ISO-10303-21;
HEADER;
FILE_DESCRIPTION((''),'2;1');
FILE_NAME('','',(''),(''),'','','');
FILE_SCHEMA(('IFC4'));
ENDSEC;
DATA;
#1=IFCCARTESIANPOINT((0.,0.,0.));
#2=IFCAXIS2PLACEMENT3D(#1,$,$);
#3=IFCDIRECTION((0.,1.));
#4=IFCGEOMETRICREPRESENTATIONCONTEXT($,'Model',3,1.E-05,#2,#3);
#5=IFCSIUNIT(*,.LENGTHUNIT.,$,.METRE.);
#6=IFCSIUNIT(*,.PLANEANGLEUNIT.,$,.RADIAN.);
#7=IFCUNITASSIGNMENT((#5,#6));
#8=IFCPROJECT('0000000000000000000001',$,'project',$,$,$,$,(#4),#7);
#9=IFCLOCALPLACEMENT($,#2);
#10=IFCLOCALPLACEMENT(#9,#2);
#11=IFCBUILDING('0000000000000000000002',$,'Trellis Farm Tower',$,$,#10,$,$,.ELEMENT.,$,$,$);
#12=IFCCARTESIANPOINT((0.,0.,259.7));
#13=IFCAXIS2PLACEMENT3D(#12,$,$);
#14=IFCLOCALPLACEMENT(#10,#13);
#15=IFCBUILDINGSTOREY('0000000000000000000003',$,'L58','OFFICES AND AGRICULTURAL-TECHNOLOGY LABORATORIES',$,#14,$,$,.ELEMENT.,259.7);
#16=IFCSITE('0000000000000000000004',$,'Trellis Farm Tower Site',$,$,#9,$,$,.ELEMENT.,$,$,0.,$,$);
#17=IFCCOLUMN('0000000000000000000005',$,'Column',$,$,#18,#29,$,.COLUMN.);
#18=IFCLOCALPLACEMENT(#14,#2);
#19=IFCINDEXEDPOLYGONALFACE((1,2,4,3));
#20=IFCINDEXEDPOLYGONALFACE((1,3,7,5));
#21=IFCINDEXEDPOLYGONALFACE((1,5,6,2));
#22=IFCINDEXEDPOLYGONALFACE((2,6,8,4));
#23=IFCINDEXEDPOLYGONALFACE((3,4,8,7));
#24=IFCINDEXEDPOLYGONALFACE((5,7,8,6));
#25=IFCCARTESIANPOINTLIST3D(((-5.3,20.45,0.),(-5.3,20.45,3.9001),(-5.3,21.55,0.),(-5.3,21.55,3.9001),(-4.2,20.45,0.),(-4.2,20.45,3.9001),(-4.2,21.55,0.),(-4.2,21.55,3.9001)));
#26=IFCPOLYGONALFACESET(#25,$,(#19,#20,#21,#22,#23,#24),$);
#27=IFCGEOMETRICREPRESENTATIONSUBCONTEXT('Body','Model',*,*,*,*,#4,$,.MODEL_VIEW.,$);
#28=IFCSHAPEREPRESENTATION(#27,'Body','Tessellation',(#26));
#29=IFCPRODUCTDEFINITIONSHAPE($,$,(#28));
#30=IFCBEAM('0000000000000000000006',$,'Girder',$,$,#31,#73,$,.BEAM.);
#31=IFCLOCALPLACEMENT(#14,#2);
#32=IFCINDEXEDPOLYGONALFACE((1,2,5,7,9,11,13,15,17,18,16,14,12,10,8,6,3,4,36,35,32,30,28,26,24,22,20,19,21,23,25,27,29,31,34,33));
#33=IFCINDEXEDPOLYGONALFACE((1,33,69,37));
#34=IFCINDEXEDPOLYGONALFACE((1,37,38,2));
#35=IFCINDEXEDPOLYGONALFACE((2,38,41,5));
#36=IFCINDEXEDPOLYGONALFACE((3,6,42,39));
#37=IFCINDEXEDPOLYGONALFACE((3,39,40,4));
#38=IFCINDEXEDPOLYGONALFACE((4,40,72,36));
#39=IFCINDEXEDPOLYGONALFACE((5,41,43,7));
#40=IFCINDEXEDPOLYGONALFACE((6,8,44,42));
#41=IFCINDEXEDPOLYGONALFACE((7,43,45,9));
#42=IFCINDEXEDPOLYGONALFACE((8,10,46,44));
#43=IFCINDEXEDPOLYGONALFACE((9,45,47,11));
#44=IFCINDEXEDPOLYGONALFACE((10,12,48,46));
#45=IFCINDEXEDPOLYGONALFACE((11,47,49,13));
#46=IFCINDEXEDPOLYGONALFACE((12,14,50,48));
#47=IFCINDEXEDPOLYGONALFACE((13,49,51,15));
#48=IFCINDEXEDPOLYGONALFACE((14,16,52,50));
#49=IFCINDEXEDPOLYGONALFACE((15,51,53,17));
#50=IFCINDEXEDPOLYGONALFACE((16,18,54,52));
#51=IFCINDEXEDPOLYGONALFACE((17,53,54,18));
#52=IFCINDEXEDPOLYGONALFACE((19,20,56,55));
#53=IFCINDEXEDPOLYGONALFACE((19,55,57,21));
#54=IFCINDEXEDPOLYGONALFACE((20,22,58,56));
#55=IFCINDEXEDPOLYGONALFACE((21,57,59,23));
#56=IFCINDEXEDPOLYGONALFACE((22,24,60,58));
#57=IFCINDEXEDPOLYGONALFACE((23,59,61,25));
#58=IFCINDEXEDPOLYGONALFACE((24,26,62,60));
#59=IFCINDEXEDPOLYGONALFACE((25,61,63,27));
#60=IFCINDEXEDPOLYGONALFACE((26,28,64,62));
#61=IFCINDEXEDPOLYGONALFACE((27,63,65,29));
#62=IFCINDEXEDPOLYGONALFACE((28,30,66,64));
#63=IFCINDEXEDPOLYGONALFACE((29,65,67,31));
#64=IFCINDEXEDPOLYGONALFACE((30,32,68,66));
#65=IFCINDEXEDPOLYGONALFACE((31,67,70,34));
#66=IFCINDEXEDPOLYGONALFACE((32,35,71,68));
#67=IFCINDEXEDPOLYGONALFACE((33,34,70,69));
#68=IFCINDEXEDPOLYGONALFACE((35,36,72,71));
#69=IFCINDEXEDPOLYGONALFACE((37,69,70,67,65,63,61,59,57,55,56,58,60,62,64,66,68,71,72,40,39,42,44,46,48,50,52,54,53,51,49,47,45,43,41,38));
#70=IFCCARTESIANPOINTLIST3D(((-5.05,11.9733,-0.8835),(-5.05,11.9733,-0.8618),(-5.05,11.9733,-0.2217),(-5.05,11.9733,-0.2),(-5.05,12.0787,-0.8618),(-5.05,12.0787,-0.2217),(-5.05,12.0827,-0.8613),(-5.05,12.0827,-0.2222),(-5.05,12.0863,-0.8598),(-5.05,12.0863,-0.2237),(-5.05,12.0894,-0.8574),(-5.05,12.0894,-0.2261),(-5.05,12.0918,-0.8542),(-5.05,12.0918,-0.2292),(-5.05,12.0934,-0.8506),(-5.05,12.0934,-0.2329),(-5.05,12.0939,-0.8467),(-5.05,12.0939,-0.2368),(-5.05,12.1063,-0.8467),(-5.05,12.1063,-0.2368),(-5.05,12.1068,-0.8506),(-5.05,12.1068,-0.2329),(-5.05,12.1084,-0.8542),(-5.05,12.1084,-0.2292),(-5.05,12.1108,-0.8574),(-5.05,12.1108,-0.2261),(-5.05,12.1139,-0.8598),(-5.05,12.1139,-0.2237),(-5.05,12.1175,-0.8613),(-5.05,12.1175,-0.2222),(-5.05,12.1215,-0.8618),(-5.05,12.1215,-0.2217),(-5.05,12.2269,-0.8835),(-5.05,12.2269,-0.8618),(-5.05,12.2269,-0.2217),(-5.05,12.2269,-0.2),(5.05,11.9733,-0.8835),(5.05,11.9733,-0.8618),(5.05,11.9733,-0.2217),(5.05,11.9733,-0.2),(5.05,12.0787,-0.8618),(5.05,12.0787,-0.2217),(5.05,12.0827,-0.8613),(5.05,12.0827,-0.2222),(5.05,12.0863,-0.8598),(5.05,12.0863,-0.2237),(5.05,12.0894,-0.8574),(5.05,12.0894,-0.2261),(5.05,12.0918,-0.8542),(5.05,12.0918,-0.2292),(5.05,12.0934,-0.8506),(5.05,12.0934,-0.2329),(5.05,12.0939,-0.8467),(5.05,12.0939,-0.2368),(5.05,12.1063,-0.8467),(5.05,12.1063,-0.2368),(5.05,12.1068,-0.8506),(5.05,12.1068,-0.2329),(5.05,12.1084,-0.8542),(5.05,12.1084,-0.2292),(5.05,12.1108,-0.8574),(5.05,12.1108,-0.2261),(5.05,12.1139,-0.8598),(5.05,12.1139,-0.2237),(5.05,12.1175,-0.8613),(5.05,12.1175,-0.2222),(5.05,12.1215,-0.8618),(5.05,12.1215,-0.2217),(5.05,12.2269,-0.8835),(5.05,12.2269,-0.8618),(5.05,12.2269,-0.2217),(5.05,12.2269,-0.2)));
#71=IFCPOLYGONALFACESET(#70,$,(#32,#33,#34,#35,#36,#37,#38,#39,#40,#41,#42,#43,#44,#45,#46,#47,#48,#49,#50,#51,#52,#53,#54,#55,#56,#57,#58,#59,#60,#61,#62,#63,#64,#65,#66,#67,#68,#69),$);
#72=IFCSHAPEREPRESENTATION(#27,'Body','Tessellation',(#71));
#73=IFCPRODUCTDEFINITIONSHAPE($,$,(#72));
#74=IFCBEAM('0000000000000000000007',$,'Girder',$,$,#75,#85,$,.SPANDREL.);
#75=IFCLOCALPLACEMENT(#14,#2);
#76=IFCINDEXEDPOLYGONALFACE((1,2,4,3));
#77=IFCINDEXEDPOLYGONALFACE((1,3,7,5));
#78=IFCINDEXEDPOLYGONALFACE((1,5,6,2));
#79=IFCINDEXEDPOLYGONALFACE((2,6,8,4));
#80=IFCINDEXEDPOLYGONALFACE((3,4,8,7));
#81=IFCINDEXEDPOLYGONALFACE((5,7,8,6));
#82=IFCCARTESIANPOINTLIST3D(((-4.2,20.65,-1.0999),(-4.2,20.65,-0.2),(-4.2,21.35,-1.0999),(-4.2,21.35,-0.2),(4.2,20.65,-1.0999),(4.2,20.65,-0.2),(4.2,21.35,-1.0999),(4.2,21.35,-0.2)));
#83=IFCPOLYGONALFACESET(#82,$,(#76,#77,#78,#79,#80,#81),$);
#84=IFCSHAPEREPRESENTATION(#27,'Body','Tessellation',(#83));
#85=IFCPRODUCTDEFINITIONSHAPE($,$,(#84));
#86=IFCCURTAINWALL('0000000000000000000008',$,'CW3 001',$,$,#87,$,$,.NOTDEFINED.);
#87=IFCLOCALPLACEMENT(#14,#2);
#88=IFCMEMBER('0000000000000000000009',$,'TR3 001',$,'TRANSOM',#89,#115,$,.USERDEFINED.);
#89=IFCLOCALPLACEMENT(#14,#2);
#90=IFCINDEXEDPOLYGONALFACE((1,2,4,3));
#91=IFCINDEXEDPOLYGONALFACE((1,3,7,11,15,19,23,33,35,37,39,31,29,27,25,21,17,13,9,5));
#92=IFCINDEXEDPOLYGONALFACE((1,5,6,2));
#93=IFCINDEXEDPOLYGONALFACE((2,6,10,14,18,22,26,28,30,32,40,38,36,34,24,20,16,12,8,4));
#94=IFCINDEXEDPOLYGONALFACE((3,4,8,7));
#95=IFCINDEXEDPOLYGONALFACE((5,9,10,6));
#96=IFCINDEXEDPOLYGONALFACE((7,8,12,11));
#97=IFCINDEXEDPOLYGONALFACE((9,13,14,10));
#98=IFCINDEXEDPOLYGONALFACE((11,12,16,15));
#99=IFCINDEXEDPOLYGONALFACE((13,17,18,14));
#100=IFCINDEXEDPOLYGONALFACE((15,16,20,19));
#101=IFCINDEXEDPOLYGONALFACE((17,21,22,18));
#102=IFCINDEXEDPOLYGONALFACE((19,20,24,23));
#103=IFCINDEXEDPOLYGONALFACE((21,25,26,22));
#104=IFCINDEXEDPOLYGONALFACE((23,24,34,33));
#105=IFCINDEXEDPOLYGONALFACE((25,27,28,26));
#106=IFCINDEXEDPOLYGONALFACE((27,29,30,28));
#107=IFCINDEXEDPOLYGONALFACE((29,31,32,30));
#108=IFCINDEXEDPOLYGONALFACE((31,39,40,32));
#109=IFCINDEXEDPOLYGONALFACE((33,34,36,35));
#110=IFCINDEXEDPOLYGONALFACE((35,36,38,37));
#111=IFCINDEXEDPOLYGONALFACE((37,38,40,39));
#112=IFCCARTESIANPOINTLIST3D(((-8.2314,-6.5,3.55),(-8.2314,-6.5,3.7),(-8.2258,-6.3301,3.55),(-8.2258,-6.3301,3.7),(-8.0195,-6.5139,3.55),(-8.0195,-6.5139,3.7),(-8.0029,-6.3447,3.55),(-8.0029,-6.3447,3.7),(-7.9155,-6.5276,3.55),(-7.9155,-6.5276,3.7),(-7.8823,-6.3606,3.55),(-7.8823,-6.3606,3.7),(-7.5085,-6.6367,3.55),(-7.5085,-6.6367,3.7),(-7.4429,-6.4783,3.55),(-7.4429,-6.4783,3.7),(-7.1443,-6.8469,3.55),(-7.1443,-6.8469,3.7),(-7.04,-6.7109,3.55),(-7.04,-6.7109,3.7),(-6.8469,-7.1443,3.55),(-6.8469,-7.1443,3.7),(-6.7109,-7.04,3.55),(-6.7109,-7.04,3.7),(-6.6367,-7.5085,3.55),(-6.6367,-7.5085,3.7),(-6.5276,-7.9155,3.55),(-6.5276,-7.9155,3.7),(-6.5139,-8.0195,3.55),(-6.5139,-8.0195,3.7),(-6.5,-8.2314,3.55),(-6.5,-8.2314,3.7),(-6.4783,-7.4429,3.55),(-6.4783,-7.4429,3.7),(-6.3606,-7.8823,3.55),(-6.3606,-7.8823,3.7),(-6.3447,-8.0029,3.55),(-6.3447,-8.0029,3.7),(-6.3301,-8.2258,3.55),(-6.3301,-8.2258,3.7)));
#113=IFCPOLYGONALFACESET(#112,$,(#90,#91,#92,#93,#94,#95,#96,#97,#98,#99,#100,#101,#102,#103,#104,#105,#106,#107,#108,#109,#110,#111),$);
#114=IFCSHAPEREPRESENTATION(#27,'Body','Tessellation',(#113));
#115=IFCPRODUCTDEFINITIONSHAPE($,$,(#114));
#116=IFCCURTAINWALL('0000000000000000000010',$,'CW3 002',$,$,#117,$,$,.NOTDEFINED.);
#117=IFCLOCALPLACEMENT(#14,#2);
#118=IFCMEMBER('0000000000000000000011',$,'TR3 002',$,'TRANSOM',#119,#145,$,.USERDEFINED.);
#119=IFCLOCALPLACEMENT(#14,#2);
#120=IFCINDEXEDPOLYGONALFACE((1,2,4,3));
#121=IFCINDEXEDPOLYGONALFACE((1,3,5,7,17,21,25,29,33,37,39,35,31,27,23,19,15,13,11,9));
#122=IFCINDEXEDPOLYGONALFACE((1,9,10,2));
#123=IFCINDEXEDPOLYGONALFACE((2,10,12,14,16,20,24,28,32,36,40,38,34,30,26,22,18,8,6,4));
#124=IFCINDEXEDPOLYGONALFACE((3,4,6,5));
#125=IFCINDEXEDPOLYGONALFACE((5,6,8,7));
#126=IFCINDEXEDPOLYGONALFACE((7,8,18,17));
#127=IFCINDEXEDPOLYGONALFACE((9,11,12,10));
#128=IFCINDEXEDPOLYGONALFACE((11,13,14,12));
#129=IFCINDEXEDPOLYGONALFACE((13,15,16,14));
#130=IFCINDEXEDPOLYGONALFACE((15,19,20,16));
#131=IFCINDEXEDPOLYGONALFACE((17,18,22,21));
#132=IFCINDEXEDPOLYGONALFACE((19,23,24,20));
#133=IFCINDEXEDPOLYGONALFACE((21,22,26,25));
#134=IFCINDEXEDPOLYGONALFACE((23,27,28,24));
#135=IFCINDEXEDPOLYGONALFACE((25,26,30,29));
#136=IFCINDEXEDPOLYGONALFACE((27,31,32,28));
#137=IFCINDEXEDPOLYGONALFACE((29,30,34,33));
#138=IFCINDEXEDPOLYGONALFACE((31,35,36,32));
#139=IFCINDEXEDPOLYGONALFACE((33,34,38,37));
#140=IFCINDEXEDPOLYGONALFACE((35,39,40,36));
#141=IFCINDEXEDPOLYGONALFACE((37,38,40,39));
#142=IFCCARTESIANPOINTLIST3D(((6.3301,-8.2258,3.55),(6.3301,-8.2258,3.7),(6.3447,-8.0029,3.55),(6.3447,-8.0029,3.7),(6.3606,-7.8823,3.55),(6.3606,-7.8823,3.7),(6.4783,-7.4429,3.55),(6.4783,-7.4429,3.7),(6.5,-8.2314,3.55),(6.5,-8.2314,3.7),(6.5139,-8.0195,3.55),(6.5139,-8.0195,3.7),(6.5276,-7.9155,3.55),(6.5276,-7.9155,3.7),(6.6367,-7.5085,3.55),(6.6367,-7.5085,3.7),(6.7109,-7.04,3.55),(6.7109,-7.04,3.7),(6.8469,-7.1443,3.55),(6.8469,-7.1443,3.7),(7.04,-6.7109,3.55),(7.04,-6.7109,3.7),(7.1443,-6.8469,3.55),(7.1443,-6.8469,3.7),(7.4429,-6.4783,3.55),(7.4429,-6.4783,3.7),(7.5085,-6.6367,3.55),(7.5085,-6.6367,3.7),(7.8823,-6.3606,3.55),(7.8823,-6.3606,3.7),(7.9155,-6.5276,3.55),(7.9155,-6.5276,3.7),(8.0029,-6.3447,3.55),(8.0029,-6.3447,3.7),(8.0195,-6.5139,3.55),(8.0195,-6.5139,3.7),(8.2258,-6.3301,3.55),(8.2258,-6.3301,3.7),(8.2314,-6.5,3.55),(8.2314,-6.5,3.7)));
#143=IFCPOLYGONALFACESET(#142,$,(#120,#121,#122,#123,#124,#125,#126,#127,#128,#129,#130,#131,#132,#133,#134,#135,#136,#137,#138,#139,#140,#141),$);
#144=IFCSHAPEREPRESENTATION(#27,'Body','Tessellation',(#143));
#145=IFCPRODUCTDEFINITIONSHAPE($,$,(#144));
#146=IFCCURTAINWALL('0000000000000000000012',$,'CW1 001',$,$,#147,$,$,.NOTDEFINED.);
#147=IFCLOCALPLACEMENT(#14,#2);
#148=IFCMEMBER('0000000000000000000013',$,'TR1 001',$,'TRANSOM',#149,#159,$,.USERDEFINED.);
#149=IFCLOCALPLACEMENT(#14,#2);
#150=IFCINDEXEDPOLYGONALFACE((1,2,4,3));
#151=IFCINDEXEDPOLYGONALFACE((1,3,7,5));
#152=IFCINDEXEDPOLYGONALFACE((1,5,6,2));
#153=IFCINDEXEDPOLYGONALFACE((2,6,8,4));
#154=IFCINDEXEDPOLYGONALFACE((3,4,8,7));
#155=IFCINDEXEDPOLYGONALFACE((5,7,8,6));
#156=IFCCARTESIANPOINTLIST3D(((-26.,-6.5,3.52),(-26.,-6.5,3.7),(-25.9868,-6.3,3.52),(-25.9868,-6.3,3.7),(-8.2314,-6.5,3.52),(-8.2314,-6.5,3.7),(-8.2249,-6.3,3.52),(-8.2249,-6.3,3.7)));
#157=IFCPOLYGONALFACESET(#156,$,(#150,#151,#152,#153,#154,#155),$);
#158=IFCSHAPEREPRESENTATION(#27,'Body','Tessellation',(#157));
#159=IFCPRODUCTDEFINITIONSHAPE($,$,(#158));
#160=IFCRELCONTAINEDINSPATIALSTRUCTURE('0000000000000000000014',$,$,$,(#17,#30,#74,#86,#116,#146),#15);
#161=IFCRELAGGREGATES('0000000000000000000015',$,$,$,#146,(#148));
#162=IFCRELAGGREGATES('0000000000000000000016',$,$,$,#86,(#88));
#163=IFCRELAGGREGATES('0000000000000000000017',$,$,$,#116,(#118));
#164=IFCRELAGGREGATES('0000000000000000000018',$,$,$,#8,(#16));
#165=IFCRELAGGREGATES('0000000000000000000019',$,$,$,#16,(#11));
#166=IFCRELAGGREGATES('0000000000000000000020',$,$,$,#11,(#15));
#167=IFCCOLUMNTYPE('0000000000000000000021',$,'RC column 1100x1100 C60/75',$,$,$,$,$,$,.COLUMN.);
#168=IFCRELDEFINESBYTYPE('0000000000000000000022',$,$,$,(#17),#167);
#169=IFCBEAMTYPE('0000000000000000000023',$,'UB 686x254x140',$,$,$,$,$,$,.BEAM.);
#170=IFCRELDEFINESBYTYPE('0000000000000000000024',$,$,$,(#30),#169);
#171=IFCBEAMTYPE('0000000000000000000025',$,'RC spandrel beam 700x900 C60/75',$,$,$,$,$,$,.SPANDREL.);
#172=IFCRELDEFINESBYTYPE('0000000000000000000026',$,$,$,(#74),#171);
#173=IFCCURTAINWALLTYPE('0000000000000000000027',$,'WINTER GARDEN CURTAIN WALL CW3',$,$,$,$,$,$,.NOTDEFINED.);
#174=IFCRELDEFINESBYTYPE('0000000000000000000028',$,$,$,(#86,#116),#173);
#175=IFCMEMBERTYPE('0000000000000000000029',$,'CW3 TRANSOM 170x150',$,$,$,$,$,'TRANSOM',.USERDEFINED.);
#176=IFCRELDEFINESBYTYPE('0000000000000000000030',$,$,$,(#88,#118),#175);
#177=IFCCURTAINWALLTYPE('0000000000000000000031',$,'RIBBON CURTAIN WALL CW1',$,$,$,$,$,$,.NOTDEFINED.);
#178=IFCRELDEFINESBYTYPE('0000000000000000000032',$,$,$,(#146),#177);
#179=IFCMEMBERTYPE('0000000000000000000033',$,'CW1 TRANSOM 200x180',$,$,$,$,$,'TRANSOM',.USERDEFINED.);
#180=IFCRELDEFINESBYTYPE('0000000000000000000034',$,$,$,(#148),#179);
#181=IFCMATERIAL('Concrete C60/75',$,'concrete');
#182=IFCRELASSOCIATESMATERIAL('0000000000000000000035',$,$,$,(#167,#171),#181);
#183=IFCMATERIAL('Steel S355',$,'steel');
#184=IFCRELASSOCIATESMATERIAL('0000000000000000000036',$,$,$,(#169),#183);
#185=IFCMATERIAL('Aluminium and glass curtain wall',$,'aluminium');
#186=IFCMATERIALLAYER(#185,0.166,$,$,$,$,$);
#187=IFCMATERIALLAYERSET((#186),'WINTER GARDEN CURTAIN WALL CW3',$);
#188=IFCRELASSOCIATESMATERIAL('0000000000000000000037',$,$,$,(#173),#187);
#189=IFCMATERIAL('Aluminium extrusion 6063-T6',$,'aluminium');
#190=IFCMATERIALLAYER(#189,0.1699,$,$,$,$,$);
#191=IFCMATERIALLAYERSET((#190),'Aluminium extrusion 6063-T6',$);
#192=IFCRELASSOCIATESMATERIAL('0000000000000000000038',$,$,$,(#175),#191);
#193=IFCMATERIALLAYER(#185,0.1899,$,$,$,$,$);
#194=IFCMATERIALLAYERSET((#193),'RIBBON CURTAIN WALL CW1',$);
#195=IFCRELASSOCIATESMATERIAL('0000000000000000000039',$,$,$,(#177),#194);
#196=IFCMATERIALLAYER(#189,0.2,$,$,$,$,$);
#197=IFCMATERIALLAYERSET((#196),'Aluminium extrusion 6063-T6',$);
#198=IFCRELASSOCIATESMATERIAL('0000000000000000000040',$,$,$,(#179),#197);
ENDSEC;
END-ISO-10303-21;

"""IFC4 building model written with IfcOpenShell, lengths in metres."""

from ifc_helpers import new_model, si_unit, direction, frame, origin, origin_2d, place, context, subcontext, project, spatial, polyline, rectangle, i_section, outline, extrude, source, transform, mapped, material, layer, layer_set, material_profile, profile_set, type_object, element, aggregate, save


model = new_model("IFC4")

# Units and contexts
model_context = context("Model", 3, precision=1e-05, world=origin(), true_north=direction((0.0, 1.0)))
body_context = subcontext(model_context, "Body", "Model", "MODEL_VIEW")
ifc_project = project(units=[si_unit("LENGTHUNIT", "METRE"), si_unit("PLANEANGLEUNIT", "RADIAN")], contexts=[model_context])

# Site, building, storey
site_placement = place(None, origin())
site = spatial("IfcSite", under=ifc_project, at=site_placement, Name="Trellis Farm Tower Site", CompositionType="ELEMENT", RefElevation=0.0)
building_placement = place(site_placement, origin())
building = spatial("IfcBuilding", under=site, at=building_placement, Name="Trellis Farm Tower", CompositionType="ELEMENT")
storey_placement = place(building_placement, frame((0.0, 0.0, 259.7)))
storey = spatial("IfcBuildingStorey", under=building, at=storey_placement, Name="L58", Description="OFFICES AND AGRICULTURAL-TECHNOLOGY LABORATORIES", CompositionType="ELEMENT", Elevation=259.7)

# Column
ifc_material_1 = material(Name="Concrete C60/75", Category="concrete")
ifc_material_profile_1 = material_profile(ifc_material_1, rectangle(XDim=1.1001, YDim=1.1001, at=origin_2d()), Name="RC column 1100x1100 C60/75")
ifc_profile_set_1 = profile_set([ifc_material_profile_1], Name="Concrete C60/75")
column_type = type_object("IfcColumnType", Name="RC column 1100x1100 C60/75", PredefinedType="COLUMN", material=ifc_profile_set_1)
shared_shape_1 = source(origin(), body_context, "Body", "SweptSolid", [
    extrude(rectangle(XDim=1.1001, YDim=1.1001, at=origin_2d()), origin(), (0.0, 0.0, 1.0), 3.9001),
])
column_placement = place(storey_placement, frame((-4.75, 21.0, 0.0), z_axis=(0.0, 0.0, 1.0), x_axis=(1.0, 0.0, 0.0)))
element("IfcColumn", 1, at=column_placement, inside=storey, type_object=column_type, Name="Column", PredefinedType="COLUMN", context=body_context, shape_type="MappedRepresentation", body=[
    mapped(shared_shape_1, transform((0.0, 0.0, 0.0))),
])

# Beams
ifc_material_2 = material(Name="Steel S355", Category="steel")
ifc_material_profile_2 = material_profile(ifc_material_2, i_section(OverallWidth=0.2537, OverallDepth=0.6836, WebThickness=0.0125, FlangeThickness=0.0217, FilletRadius=0.0151, at=origin_2d()), Name="UB 686x254x140")
ifc_profile_set_2 = profile_set([ifc_material_profile_2], Name="Steel S355")
beam_type_1 = type_object("IfcBeamType", Name="UB 686x254x140", PredefinedType="BEAM", material=ifc_profile_set_2)
shared_shape_2 = source(origin(), body_context, "Body", "SweptSolid", [
    extrude(i_section(OverallWidth=0.2537, OverallDepth=0.6836, WebThickness=0.0125, FlangeThickness=0.0217, FilletRadius=0.0151, at=origin_2d()), origin(), (0.0, 0.0, 1.0), 10.1001),
])
beam_1_placement = place(storey_placement, frame((-5.05, 12.1001, -0.5417), z_axis=(1.0, 0.0, 0.0), x_axis=(0.0, 1.0, 0.0)))
element("IfcBeam", 2, at=beam_1_placement, inside=storey, type_object=beam_type_1, Name="Girder", PredefinedType="BEAM", context=body_context, shape_type="MappedRepresentation", body=[
    mapped(shared_shape_2, transform((0.0, 0.0, 0.0))),
])
ifc_material_profile_3 = material_profile(ifc_material_1, rectangle(XDim=0.7, YDim=0.8999, at=origin_2d()), Name="RC spandrel beam 700x900 C60/75")
ifc_profile_set_3 = profile_set([ifc_material_profile_3], Name="Concrete C60/75")
beam_type_2 = type_object("IfcBeamType", Name="RC spandrel beam 700x900 C60/75", PredefinedType="SPANDREL", material=ifc_profile_set_3)
shared_shape_3 = source(origin(), body_context, "Body", "SweptSolid", [
    extrude(rectangle(XDim=0.7, YDim=0.8999, at=origin_2d()), origin(), (0.0, 0.0, 1.0), 8.3999),
])
beam_2_placement = place(storey_placement, frame((-4.2, 21.0, -0.6499), z_axis=(1.0, 0.0, 0.0), x_axis=(0.0, 1.0, 0.0)))
element("IfcBeam", 3, at=beam_2_placement, inside=storey, type_object=beam_type_2, Name="Girder", PredefinedType="SPANDREL", context=body_context, shape_type="MappedRepresentation", body=[
    mapped(shared_shape_3, transform((0.0, 0.0, 0.0))),
])

# Curtain walls, members
ifc_material_3 = material(Name="Aluminium and glass curtain wall", Category="aluminium")
ifc_layer_1 = layer(ifc_material_3, 0.166)
ifc_layer_set_1 = layer_set([ifc_layer_1], Name="WINTER GARDEN CURTAIN WALL CW3")
curtain_wall_type_1 = type_object("IfcCurtainWallType", Name="WINTER GARDEN CURTAIN WALL CW3", PredefinedType="NOTDEFINED", material=ifc_layer_set_1)
placement_1 = place(storey_placement, origin())
curtain_wall_1 = element("IfcCurtainWall", 4, at=placement_1, inside=storey, type_object=curtain_wall_type_1, Name="CW3 001", PredefinedType="NOTDEFINED")
ifc_material_4 = material(Name="Aluminium extrusion 6063-T6", Category="aluminium")
ifc_layer_2 = layer(ifc_material_4, 0.1699)
ifc_layer_set_2 = layer_set([ifc_layer_2], Name="Aluminium extrusion 6063-T6")
member_type_1 = type_object("IfcMemberType", Name="CW3 TRANSOM 170x150", ElementType="TRANSOM", PredefinedType="USERDEFINED", material=ifc_layer_set_2)
shared_shape_4 = source(origin(), body_context, "Body", "SweptSolid", [
    extrude(outline(polyline([(-8.2314, -6.5), (-8.0195, -6.5139), (-7.9155, -6.5276), (-7.5085, -6.6367), (-7.1443, -6.8469), (-6.8469, -7.1443), (-6.6367, -7.5085), (-6.5276, -7.9155), (-6.5139, -8.0195), (-6.5, -8.2314), (-6.3301, -8.2258), (-6.3447, -8.0029), (-6.3606, -7.8823), (-6.4783, -7.4429), (-6.7109, -7.04), (-7.04, -6.7109), (-7.4429, -6.4783), (-7.8823, -6.3606), (-8.0029, -6.3447), (-8.2258, -6.3301), (-8.2314, -6.5)])), origin(), (0.0, 0.0, 1.0), 0.1499),
])
placement_2 = place(storey_placement, frame((0.0, 0.0, 3.55)))
member_1 = element("IfcMember", 5, at=placement_2, type_object=member_type_1, Name="TR3 001", ObjectType="TRANSOM", PredefinedType="USERDEFINED", context=body_context, shape_type="MappedRepresentation", body=[
    mapped(shared_shape_4, transform((0.0, 0.0, 0.0))),
])
curtain_wall_2 = element("IfcCurtainWall", 6, at=placement_1, inside=storey, type_object=curtain_wall_type_1, Name="CW3 002", PredefinedType="NOTDEFINED")
shared_shape_5 = source(origin(), body_context, "Body", "SweptSolid", [
    extrude(outline(polyline([(6.5, -8.2314), (6.5139, -8.0195), (6.5276, -7.9155), (6.6367, -7.5085), (6.8469, -7.1443), (7.1443, -6.8469), (7.5085, -6.6367), (7.9155, -6.5276), (8.0195, -6.5139), (8.2314, -6.5), (8.2258, -6.3301), (8.0029, -6.3447), (7.8823, -6.3606), (7.4429, -6.4783), (7.04, -6.7109), (6.7109, -7.04), (6.4783, -7.4429), (6.3606, -7.8823), (6.3447, -8.0029), (6.3301, -8.2258), (6.5, -8.2314)])), origin(), (0.0, 0.0, 1.0), 0.1499),
])
member_2 = element("IfcMember", 7, at=placement_2, type_object=member_type_1, Name="TR3 002", ObjectType="TRANSOM", PredefinedType="USERDEFINED", context=body_context, shape_type="MappedRepresentation", body=[
    mapped(shared_shape_5, transform((0.0, 0.0, 0.0))),
])
ifc_layer_3 = layer(ifc_material_3, 0.1899)
ifc_layer_set_3 = layer_set([ifc_layer_3], Name="RIBBON CURTAIN WALL CW1")
curtain_wall_type_2 = type_object("IfcCurtainWallType", Name="RIBBON CURTAIN WALL CW1", PredefinedType="NOTDEFINED", material=ifc_layer_set_3)
curtain_wall_3 = element("IfcCurtainWall", 8, at=placement_1, inside=storey, type_object=curtain_wall_type_2, Name="CW1 001", PredefinedType="NOTDEFINED")
ifc_layer_4 = layer(ifc_material_4, 0.2)
ifc_layer_set_4 = layer_set([ifc_layer_4], Name="Aluminium extrusion 6063-T6")
member_type_2 = type_object("IfcMemberType", Name="CW1 TRANSOM 200x180", ElementType="TRANSOM", PredefinedType="USERDEFINED", material=ifc_layer_set_4)
shared_shape_6 = source(origin(), body_context, "Body", "SweptSolid", [
    extrude(outline(polyline([(-26.0, -6.5), (-8.2314, -6.5), (-8.2249, -6.3), (-25.9868, -6.3), (-26.0, -6.5)])), origin(), (0.0, 0.0, 1.0), 0.1799),
])
placement_3 = place(storey_placement, frame((0.0, 0.0, 3.52)))
member_3 = element("IfcMember", 9, at=placement_3, type_object=member_type_2, Name="TR1 001", ObjectType="TRANSOM", PredefinedType="USERDEFINED", context=body_context, shape_type="MappedRepresentation", body=[
    mapped(shared_shape_6, transform((0.0, 0.0, 0.0))),
])
aggregate(curtain_wall_3, [member_3])

aggregate(curtain_wall_1, [member_1])
aggregate(curtain_wall_2, [member_2])

save(model, "model.ifc")
